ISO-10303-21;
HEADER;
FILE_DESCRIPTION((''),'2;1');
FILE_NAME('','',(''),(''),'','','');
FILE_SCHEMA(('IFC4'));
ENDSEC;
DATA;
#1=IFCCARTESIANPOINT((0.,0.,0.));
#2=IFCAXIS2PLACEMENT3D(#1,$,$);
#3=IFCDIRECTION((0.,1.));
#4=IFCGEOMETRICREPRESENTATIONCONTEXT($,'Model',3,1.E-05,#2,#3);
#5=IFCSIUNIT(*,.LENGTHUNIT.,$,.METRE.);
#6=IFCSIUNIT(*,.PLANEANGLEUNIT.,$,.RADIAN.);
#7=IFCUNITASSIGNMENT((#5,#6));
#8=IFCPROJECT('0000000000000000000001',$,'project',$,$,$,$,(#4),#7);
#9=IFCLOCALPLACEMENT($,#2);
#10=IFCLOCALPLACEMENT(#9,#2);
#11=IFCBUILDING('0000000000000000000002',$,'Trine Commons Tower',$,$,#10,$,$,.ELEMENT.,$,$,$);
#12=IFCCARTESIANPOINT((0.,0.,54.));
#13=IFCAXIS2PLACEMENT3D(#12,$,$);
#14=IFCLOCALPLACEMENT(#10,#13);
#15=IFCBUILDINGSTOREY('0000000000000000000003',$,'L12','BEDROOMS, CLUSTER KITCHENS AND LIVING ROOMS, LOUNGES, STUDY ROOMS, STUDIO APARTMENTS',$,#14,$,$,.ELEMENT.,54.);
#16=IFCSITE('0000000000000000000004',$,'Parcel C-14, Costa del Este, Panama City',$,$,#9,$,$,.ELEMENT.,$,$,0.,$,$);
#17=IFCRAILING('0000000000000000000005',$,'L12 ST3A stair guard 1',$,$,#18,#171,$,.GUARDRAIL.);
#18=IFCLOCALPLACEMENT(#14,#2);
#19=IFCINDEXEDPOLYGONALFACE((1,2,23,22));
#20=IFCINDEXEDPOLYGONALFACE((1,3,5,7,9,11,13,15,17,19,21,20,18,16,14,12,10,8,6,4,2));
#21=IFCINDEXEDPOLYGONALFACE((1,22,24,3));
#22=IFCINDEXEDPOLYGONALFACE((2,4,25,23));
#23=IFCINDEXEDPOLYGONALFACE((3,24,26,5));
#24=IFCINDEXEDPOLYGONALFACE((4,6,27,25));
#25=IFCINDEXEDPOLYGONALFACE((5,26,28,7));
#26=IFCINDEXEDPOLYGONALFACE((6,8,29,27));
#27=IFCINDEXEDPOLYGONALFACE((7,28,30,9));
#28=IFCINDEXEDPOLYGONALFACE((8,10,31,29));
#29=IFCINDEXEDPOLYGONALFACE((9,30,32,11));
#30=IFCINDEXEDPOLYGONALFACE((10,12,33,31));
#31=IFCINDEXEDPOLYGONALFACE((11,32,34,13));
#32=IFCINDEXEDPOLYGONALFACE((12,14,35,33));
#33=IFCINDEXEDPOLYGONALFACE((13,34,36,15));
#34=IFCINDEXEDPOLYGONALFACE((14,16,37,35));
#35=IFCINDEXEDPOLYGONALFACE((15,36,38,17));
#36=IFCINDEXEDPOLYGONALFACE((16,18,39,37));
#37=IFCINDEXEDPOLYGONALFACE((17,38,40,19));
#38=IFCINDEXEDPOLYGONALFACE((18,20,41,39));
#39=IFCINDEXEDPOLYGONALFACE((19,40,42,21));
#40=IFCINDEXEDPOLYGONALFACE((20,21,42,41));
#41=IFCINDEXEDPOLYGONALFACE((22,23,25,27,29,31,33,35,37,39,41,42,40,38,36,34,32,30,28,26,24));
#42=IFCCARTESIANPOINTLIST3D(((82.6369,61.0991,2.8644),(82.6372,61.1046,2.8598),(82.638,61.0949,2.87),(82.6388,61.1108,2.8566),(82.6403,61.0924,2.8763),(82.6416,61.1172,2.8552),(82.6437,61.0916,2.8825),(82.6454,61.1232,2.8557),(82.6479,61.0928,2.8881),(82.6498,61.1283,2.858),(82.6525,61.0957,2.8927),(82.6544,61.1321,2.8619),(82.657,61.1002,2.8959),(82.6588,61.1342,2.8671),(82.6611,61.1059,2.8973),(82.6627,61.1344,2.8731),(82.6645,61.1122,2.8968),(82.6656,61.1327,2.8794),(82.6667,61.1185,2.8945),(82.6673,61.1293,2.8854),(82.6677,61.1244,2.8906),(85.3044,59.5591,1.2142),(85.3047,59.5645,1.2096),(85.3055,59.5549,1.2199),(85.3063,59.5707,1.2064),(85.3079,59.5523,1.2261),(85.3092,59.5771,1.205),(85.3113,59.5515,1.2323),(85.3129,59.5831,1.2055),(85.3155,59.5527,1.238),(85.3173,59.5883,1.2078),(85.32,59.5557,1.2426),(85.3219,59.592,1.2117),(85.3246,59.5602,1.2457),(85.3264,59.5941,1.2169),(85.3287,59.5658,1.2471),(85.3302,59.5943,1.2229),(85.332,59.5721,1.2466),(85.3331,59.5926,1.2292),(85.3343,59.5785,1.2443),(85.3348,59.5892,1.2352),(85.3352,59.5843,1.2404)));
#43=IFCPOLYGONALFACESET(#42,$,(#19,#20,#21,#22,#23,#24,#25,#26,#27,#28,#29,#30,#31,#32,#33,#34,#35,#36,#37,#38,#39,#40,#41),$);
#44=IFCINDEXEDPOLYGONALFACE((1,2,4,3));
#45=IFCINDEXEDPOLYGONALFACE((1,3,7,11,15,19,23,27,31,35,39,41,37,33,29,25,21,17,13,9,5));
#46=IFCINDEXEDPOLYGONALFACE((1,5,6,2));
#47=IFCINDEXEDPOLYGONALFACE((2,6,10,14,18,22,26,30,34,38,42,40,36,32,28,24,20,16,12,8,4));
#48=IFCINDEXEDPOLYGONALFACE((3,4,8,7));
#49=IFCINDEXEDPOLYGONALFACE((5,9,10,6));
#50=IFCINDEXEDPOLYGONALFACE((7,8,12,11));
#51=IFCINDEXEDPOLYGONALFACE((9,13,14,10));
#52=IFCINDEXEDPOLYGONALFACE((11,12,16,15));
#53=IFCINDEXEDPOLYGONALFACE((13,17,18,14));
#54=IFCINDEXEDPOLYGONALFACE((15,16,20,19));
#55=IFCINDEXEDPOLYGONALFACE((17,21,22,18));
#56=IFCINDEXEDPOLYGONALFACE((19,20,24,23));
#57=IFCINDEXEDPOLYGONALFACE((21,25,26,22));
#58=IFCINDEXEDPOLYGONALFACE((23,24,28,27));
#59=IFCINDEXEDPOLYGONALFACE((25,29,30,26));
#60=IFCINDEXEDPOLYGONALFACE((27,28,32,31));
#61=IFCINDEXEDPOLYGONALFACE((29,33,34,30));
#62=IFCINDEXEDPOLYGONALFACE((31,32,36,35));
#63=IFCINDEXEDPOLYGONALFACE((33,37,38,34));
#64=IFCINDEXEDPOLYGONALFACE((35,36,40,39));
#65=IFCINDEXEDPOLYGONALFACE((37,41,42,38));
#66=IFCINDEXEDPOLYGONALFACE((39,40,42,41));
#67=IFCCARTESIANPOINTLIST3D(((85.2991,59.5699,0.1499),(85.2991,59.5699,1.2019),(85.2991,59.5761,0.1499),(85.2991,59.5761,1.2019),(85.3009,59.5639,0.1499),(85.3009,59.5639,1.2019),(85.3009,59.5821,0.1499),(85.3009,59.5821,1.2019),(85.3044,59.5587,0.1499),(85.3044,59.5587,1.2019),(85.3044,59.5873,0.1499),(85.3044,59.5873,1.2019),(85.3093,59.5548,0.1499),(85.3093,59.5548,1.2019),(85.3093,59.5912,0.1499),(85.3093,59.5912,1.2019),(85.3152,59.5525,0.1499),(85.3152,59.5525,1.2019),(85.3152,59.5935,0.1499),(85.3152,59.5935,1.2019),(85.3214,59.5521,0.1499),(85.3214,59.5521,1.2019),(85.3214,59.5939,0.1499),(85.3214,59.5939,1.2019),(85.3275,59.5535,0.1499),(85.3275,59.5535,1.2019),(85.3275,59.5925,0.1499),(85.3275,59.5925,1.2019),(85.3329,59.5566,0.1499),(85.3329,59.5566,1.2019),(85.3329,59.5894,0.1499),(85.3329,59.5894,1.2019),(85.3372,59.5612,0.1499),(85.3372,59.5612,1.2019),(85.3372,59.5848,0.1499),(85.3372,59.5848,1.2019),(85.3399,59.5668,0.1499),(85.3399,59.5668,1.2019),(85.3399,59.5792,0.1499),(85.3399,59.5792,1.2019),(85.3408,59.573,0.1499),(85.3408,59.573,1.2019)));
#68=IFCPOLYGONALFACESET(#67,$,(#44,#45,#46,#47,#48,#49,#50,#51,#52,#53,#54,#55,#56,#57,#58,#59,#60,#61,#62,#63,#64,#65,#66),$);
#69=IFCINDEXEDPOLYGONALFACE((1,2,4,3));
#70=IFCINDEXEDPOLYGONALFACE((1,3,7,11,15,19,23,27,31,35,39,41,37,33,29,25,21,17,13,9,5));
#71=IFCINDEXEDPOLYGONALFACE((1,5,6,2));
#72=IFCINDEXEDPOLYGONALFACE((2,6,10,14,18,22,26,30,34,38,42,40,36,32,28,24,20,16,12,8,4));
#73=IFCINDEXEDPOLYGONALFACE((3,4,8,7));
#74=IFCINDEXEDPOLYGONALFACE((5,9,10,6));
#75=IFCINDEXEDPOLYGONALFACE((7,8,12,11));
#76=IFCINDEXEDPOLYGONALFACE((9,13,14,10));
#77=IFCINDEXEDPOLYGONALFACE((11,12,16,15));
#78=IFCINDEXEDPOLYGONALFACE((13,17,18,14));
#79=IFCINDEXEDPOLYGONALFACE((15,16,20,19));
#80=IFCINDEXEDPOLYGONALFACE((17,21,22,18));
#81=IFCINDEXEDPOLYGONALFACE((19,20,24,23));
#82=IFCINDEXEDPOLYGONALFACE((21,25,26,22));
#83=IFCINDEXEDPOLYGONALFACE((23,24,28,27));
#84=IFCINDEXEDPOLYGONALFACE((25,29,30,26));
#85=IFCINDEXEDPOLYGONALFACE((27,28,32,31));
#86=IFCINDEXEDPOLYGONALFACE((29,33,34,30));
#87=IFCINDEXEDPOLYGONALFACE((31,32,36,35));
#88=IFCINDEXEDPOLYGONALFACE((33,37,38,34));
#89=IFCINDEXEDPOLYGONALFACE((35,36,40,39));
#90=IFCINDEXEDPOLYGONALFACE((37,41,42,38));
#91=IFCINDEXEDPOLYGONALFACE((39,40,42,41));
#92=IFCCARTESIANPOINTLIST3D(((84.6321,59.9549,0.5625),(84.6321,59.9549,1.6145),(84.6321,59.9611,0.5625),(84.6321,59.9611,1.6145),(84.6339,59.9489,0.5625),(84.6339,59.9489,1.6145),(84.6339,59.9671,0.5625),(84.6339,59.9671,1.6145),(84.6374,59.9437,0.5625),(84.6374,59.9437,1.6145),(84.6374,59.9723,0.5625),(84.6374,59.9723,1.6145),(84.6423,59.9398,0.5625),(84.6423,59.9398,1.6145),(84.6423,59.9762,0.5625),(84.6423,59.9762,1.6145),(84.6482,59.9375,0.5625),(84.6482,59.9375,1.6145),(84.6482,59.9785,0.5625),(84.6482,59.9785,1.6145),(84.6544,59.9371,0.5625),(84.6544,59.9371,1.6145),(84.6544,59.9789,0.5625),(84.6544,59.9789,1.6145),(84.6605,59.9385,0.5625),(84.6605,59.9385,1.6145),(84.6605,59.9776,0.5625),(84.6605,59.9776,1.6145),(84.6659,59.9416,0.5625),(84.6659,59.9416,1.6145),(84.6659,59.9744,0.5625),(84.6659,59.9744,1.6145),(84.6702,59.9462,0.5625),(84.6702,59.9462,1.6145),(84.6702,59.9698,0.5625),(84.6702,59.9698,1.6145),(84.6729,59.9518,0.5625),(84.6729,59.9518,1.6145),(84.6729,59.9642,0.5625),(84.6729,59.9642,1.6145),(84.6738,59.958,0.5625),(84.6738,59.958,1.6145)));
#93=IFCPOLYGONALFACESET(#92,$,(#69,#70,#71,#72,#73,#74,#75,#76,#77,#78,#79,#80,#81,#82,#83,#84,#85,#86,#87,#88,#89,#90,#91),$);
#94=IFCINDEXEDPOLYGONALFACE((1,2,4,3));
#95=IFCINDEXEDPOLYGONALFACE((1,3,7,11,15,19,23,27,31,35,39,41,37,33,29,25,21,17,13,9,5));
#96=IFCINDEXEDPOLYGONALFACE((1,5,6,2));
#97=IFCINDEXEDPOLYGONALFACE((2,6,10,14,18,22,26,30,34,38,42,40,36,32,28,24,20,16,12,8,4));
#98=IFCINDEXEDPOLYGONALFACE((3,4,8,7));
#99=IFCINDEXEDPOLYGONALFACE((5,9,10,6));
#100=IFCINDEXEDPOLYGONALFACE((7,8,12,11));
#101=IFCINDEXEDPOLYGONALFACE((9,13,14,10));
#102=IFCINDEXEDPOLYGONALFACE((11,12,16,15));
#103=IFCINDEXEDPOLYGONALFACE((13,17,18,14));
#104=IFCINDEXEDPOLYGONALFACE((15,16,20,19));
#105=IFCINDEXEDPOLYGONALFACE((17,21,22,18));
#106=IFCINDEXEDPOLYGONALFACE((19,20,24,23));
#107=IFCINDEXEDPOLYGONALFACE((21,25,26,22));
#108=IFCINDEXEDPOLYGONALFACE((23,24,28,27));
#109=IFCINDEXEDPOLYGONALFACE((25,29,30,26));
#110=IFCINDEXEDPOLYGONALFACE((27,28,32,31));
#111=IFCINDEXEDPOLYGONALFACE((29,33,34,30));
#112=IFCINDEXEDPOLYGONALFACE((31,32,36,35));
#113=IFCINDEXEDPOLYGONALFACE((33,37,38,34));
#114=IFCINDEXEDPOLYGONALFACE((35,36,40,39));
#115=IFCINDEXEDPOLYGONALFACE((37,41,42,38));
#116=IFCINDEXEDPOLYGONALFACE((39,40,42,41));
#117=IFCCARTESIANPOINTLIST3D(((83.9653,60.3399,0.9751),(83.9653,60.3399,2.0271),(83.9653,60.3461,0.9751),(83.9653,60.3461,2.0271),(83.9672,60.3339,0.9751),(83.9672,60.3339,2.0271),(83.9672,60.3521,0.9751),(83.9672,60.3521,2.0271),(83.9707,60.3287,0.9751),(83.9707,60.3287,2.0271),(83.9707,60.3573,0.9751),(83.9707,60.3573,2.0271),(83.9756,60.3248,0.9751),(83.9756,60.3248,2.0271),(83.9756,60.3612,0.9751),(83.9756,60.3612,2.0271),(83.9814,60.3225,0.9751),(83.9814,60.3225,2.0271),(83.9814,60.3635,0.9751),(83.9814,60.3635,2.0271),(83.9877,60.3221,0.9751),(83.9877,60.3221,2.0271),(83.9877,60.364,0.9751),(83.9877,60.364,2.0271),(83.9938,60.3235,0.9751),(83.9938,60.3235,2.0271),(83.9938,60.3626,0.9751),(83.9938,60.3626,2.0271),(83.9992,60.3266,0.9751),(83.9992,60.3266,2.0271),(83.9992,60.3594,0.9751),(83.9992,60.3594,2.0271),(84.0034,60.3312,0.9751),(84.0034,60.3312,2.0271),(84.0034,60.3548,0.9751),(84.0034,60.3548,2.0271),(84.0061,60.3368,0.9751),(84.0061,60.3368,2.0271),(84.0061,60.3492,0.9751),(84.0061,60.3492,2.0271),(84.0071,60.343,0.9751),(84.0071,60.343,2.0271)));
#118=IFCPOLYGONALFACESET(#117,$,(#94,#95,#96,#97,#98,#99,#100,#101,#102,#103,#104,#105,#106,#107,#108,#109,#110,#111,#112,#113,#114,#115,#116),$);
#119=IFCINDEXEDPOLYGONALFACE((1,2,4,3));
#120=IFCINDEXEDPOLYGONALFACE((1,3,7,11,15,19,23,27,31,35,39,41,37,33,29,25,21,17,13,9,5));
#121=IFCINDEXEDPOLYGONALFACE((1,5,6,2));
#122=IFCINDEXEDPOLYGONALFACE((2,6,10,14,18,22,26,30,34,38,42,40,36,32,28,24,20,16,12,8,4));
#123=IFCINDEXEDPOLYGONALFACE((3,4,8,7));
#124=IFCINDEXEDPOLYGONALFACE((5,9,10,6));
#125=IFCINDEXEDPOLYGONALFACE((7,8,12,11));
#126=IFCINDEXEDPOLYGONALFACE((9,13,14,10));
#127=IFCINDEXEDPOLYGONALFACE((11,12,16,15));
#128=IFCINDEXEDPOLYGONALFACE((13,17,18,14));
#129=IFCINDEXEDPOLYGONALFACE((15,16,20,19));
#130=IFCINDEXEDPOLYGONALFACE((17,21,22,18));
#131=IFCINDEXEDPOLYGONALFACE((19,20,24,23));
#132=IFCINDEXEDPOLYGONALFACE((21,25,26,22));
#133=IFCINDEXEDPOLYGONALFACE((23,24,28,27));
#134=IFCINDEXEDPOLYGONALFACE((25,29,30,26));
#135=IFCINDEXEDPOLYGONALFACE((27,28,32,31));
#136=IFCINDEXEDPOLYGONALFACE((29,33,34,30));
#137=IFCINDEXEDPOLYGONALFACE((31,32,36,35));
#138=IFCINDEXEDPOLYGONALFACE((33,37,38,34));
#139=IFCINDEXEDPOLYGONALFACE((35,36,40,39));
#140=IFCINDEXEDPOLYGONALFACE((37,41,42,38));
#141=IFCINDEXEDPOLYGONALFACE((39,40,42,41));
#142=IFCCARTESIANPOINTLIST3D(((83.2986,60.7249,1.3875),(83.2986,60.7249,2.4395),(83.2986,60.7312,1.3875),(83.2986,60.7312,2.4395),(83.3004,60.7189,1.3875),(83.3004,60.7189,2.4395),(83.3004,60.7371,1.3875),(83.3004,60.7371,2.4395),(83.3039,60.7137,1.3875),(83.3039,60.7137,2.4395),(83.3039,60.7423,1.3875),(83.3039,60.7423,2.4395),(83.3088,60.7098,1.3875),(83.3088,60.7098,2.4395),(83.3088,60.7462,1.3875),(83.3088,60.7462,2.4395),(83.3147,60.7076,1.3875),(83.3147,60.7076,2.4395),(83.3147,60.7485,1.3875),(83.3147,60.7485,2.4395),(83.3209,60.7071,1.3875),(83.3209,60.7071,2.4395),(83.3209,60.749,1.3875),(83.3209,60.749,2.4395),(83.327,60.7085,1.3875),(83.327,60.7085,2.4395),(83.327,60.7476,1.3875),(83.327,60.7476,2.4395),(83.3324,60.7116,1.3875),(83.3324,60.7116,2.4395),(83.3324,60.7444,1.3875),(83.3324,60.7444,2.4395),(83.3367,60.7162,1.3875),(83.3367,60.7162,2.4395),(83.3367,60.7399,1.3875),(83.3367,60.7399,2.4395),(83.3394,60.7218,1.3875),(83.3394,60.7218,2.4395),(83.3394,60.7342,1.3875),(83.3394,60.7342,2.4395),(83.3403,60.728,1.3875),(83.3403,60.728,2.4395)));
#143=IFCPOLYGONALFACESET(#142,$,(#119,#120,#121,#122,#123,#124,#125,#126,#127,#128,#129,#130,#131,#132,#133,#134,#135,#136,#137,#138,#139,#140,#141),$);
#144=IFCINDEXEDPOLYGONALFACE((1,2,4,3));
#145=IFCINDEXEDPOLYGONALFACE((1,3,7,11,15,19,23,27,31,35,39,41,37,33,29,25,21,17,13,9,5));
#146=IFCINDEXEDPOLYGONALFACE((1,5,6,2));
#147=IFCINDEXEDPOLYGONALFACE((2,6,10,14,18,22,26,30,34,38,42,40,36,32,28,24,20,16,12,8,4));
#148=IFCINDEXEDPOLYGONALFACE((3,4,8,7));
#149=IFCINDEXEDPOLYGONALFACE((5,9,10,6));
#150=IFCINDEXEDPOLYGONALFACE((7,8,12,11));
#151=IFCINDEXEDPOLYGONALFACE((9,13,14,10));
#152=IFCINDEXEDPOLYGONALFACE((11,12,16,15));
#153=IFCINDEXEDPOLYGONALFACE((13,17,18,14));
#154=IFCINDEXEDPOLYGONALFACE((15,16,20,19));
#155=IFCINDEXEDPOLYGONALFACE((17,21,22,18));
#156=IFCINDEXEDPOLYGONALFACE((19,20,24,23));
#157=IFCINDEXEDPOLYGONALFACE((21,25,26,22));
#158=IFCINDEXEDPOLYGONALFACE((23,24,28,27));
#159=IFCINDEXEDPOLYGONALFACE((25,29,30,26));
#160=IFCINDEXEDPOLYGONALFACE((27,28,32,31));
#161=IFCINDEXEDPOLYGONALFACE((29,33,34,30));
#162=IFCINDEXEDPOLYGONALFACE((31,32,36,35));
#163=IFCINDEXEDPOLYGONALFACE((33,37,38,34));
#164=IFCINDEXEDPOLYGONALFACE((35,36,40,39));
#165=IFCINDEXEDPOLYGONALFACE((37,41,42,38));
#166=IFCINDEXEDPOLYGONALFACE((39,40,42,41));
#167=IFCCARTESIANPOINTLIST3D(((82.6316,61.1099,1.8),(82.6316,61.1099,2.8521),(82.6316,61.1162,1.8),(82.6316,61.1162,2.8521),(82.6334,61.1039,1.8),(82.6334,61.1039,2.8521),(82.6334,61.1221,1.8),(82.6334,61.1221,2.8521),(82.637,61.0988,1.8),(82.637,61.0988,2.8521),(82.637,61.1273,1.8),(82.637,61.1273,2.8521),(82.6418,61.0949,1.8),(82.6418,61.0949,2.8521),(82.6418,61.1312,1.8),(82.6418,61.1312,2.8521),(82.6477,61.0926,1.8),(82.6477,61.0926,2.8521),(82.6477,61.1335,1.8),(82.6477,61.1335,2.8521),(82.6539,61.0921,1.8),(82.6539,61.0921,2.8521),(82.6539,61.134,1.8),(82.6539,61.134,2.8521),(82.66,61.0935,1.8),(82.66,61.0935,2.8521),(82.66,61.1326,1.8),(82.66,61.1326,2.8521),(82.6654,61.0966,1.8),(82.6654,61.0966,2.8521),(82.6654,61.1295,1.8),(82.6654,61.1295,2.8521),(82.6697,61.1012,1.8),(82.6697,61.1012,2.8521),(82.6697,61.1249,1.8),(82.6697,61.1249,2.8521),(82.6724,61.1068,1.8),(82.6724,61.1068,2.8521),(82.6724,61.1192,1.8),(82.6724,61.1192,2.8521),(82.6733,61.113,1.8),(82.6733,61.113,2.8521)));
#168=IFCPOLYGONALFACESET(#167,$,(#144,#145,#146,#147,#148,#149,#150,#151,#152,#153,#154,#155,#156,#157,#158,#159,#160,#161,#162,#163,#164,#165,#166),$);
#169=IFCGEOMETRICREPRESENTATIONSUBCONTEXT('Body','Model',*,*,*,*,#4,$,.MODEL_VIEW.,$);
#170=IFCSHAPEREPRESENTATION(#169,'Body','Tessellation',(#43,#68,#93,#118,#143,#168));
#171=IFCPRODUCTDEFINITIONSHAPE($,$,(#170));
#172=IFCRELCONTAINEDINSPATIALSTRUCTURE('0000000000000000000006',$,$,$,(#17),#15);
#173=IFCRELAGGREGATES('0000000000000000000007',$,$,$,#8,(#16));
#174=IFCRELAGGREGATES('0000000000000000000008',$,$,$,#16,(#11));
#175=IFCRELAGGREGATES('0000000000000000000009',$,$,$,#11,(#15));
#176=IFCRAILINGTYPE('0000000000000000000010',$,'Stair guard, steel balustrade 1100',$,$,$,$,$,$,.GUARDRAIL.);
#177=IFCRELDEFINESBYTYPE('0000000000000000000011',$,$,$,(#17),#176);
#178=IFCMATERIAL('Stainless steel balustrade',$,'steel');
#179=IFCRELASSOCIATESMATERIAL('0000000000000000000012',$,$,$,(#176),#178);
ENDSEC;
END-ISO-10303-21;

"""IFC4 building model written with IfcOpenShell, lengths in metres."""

from ifc_helpers import new_model, si_unit, direction, frame, origin, origin_2d, place, context, subcontext, project, spatial, circle, extrude, material, type_object, element, save


model = new_model("IFC4")

# Units and contexts
model_context = context("Model", 3, precision=1e-05, world=origin(), true_north=direction((0.0, 1.0)))
body_context = subcontext(model_context, "Body", "Model", "MODEL_VIEW")
ifc_project = project(units=[si_unit("LENGTHUNIT", "METRE"), si_unit("PLANEANGLEUNIT", "RADIAN")], contexts=[model_context])

# Site, building, storey
site_placement = place(None, origin())
site = spatial("IfcSite", under=ifc_project, at=site_placement, Name="Parcel C-14, Costa del Este, Panama City", CompositionType="ELEMENT", RefElevation=0.0)
building_placement = place(site_placement, origin())
building = spatial("IfcBuilding", under=site, at=building_placement, Name="Trine Commons Tower", CompositionType="ELEMENT")
storey_placement = place(building_placement, frame((0.0, 0.0, 54.0)))
storey = spatial("IfcBuildingStorey", under=building, at=storey_placement, Name="L12", Description="BEDROOMS, CLUSTER KITCHENS AND LIVING ROOMS, LOUNGES, STUDY ROOMS, STUDIO APARTMENTS", CompositionType="ELEMENT", Elevation=54.0)

# Railing
ifc_material_1 = material(Name="Stainless steel balustrade", Category="steel")
railing_type_1 = type_object("IfcRailingType", Name="Stair guard, steel balustrade 1100", PredefinedType="GUARDRAIL", material=ifc_material_1)
railing_1_placement = place(storey_placement, frame((85.3198, 59.573, 0.1499)))
element("IfcRailing", 1, at=railing_1_placement, inside=storey, type_object=railing_type_1, Name="L12 ST3A stair guard 1", PredefinedType="GUARDRAIL", context=body_context, shape_type="SweptSolid", body=[
    extrude(circle(Radius=0.0239, at=origin_2d()), frame((0.0, 0.0, 1.0762), z_axis=(-0.76338, 0.440728, 0.472239), x_axis=(-0.499992, -0.86603, 0.0)), (0.0, 0.0, 1.0), 3.4944),
    extrude(circle(Radius=0.021, at=origin_2d()), origin(), (0.0, 0.0, 1.0), 1.052),
    extrude(circle(Radius=0.021, at=origin_2d()), frame((-0.667, 0.385, 0.4126)), (0.0, 0.0, 1.0), 1.052),
    extrude(circle(Radius=0.021, at=origin_2d()), frame((-1.3337, 0.77, 0.8252)), (0.0, 0.0, 1.0), 1.052),
    extrude(circle(Radius=0.021, at=origin_2d()), frame((-2.0005, 1.155, 1.2375)), (0.0, 0.0, 1.0), 1.052),
    extrude(circle(Radius=0.021, at=origin_2d()), frame((-2.6675, 1.54, 1.6501)), (0.0, 0.0, 1.0), 1.052),
])

save(model, "model.ifc")
